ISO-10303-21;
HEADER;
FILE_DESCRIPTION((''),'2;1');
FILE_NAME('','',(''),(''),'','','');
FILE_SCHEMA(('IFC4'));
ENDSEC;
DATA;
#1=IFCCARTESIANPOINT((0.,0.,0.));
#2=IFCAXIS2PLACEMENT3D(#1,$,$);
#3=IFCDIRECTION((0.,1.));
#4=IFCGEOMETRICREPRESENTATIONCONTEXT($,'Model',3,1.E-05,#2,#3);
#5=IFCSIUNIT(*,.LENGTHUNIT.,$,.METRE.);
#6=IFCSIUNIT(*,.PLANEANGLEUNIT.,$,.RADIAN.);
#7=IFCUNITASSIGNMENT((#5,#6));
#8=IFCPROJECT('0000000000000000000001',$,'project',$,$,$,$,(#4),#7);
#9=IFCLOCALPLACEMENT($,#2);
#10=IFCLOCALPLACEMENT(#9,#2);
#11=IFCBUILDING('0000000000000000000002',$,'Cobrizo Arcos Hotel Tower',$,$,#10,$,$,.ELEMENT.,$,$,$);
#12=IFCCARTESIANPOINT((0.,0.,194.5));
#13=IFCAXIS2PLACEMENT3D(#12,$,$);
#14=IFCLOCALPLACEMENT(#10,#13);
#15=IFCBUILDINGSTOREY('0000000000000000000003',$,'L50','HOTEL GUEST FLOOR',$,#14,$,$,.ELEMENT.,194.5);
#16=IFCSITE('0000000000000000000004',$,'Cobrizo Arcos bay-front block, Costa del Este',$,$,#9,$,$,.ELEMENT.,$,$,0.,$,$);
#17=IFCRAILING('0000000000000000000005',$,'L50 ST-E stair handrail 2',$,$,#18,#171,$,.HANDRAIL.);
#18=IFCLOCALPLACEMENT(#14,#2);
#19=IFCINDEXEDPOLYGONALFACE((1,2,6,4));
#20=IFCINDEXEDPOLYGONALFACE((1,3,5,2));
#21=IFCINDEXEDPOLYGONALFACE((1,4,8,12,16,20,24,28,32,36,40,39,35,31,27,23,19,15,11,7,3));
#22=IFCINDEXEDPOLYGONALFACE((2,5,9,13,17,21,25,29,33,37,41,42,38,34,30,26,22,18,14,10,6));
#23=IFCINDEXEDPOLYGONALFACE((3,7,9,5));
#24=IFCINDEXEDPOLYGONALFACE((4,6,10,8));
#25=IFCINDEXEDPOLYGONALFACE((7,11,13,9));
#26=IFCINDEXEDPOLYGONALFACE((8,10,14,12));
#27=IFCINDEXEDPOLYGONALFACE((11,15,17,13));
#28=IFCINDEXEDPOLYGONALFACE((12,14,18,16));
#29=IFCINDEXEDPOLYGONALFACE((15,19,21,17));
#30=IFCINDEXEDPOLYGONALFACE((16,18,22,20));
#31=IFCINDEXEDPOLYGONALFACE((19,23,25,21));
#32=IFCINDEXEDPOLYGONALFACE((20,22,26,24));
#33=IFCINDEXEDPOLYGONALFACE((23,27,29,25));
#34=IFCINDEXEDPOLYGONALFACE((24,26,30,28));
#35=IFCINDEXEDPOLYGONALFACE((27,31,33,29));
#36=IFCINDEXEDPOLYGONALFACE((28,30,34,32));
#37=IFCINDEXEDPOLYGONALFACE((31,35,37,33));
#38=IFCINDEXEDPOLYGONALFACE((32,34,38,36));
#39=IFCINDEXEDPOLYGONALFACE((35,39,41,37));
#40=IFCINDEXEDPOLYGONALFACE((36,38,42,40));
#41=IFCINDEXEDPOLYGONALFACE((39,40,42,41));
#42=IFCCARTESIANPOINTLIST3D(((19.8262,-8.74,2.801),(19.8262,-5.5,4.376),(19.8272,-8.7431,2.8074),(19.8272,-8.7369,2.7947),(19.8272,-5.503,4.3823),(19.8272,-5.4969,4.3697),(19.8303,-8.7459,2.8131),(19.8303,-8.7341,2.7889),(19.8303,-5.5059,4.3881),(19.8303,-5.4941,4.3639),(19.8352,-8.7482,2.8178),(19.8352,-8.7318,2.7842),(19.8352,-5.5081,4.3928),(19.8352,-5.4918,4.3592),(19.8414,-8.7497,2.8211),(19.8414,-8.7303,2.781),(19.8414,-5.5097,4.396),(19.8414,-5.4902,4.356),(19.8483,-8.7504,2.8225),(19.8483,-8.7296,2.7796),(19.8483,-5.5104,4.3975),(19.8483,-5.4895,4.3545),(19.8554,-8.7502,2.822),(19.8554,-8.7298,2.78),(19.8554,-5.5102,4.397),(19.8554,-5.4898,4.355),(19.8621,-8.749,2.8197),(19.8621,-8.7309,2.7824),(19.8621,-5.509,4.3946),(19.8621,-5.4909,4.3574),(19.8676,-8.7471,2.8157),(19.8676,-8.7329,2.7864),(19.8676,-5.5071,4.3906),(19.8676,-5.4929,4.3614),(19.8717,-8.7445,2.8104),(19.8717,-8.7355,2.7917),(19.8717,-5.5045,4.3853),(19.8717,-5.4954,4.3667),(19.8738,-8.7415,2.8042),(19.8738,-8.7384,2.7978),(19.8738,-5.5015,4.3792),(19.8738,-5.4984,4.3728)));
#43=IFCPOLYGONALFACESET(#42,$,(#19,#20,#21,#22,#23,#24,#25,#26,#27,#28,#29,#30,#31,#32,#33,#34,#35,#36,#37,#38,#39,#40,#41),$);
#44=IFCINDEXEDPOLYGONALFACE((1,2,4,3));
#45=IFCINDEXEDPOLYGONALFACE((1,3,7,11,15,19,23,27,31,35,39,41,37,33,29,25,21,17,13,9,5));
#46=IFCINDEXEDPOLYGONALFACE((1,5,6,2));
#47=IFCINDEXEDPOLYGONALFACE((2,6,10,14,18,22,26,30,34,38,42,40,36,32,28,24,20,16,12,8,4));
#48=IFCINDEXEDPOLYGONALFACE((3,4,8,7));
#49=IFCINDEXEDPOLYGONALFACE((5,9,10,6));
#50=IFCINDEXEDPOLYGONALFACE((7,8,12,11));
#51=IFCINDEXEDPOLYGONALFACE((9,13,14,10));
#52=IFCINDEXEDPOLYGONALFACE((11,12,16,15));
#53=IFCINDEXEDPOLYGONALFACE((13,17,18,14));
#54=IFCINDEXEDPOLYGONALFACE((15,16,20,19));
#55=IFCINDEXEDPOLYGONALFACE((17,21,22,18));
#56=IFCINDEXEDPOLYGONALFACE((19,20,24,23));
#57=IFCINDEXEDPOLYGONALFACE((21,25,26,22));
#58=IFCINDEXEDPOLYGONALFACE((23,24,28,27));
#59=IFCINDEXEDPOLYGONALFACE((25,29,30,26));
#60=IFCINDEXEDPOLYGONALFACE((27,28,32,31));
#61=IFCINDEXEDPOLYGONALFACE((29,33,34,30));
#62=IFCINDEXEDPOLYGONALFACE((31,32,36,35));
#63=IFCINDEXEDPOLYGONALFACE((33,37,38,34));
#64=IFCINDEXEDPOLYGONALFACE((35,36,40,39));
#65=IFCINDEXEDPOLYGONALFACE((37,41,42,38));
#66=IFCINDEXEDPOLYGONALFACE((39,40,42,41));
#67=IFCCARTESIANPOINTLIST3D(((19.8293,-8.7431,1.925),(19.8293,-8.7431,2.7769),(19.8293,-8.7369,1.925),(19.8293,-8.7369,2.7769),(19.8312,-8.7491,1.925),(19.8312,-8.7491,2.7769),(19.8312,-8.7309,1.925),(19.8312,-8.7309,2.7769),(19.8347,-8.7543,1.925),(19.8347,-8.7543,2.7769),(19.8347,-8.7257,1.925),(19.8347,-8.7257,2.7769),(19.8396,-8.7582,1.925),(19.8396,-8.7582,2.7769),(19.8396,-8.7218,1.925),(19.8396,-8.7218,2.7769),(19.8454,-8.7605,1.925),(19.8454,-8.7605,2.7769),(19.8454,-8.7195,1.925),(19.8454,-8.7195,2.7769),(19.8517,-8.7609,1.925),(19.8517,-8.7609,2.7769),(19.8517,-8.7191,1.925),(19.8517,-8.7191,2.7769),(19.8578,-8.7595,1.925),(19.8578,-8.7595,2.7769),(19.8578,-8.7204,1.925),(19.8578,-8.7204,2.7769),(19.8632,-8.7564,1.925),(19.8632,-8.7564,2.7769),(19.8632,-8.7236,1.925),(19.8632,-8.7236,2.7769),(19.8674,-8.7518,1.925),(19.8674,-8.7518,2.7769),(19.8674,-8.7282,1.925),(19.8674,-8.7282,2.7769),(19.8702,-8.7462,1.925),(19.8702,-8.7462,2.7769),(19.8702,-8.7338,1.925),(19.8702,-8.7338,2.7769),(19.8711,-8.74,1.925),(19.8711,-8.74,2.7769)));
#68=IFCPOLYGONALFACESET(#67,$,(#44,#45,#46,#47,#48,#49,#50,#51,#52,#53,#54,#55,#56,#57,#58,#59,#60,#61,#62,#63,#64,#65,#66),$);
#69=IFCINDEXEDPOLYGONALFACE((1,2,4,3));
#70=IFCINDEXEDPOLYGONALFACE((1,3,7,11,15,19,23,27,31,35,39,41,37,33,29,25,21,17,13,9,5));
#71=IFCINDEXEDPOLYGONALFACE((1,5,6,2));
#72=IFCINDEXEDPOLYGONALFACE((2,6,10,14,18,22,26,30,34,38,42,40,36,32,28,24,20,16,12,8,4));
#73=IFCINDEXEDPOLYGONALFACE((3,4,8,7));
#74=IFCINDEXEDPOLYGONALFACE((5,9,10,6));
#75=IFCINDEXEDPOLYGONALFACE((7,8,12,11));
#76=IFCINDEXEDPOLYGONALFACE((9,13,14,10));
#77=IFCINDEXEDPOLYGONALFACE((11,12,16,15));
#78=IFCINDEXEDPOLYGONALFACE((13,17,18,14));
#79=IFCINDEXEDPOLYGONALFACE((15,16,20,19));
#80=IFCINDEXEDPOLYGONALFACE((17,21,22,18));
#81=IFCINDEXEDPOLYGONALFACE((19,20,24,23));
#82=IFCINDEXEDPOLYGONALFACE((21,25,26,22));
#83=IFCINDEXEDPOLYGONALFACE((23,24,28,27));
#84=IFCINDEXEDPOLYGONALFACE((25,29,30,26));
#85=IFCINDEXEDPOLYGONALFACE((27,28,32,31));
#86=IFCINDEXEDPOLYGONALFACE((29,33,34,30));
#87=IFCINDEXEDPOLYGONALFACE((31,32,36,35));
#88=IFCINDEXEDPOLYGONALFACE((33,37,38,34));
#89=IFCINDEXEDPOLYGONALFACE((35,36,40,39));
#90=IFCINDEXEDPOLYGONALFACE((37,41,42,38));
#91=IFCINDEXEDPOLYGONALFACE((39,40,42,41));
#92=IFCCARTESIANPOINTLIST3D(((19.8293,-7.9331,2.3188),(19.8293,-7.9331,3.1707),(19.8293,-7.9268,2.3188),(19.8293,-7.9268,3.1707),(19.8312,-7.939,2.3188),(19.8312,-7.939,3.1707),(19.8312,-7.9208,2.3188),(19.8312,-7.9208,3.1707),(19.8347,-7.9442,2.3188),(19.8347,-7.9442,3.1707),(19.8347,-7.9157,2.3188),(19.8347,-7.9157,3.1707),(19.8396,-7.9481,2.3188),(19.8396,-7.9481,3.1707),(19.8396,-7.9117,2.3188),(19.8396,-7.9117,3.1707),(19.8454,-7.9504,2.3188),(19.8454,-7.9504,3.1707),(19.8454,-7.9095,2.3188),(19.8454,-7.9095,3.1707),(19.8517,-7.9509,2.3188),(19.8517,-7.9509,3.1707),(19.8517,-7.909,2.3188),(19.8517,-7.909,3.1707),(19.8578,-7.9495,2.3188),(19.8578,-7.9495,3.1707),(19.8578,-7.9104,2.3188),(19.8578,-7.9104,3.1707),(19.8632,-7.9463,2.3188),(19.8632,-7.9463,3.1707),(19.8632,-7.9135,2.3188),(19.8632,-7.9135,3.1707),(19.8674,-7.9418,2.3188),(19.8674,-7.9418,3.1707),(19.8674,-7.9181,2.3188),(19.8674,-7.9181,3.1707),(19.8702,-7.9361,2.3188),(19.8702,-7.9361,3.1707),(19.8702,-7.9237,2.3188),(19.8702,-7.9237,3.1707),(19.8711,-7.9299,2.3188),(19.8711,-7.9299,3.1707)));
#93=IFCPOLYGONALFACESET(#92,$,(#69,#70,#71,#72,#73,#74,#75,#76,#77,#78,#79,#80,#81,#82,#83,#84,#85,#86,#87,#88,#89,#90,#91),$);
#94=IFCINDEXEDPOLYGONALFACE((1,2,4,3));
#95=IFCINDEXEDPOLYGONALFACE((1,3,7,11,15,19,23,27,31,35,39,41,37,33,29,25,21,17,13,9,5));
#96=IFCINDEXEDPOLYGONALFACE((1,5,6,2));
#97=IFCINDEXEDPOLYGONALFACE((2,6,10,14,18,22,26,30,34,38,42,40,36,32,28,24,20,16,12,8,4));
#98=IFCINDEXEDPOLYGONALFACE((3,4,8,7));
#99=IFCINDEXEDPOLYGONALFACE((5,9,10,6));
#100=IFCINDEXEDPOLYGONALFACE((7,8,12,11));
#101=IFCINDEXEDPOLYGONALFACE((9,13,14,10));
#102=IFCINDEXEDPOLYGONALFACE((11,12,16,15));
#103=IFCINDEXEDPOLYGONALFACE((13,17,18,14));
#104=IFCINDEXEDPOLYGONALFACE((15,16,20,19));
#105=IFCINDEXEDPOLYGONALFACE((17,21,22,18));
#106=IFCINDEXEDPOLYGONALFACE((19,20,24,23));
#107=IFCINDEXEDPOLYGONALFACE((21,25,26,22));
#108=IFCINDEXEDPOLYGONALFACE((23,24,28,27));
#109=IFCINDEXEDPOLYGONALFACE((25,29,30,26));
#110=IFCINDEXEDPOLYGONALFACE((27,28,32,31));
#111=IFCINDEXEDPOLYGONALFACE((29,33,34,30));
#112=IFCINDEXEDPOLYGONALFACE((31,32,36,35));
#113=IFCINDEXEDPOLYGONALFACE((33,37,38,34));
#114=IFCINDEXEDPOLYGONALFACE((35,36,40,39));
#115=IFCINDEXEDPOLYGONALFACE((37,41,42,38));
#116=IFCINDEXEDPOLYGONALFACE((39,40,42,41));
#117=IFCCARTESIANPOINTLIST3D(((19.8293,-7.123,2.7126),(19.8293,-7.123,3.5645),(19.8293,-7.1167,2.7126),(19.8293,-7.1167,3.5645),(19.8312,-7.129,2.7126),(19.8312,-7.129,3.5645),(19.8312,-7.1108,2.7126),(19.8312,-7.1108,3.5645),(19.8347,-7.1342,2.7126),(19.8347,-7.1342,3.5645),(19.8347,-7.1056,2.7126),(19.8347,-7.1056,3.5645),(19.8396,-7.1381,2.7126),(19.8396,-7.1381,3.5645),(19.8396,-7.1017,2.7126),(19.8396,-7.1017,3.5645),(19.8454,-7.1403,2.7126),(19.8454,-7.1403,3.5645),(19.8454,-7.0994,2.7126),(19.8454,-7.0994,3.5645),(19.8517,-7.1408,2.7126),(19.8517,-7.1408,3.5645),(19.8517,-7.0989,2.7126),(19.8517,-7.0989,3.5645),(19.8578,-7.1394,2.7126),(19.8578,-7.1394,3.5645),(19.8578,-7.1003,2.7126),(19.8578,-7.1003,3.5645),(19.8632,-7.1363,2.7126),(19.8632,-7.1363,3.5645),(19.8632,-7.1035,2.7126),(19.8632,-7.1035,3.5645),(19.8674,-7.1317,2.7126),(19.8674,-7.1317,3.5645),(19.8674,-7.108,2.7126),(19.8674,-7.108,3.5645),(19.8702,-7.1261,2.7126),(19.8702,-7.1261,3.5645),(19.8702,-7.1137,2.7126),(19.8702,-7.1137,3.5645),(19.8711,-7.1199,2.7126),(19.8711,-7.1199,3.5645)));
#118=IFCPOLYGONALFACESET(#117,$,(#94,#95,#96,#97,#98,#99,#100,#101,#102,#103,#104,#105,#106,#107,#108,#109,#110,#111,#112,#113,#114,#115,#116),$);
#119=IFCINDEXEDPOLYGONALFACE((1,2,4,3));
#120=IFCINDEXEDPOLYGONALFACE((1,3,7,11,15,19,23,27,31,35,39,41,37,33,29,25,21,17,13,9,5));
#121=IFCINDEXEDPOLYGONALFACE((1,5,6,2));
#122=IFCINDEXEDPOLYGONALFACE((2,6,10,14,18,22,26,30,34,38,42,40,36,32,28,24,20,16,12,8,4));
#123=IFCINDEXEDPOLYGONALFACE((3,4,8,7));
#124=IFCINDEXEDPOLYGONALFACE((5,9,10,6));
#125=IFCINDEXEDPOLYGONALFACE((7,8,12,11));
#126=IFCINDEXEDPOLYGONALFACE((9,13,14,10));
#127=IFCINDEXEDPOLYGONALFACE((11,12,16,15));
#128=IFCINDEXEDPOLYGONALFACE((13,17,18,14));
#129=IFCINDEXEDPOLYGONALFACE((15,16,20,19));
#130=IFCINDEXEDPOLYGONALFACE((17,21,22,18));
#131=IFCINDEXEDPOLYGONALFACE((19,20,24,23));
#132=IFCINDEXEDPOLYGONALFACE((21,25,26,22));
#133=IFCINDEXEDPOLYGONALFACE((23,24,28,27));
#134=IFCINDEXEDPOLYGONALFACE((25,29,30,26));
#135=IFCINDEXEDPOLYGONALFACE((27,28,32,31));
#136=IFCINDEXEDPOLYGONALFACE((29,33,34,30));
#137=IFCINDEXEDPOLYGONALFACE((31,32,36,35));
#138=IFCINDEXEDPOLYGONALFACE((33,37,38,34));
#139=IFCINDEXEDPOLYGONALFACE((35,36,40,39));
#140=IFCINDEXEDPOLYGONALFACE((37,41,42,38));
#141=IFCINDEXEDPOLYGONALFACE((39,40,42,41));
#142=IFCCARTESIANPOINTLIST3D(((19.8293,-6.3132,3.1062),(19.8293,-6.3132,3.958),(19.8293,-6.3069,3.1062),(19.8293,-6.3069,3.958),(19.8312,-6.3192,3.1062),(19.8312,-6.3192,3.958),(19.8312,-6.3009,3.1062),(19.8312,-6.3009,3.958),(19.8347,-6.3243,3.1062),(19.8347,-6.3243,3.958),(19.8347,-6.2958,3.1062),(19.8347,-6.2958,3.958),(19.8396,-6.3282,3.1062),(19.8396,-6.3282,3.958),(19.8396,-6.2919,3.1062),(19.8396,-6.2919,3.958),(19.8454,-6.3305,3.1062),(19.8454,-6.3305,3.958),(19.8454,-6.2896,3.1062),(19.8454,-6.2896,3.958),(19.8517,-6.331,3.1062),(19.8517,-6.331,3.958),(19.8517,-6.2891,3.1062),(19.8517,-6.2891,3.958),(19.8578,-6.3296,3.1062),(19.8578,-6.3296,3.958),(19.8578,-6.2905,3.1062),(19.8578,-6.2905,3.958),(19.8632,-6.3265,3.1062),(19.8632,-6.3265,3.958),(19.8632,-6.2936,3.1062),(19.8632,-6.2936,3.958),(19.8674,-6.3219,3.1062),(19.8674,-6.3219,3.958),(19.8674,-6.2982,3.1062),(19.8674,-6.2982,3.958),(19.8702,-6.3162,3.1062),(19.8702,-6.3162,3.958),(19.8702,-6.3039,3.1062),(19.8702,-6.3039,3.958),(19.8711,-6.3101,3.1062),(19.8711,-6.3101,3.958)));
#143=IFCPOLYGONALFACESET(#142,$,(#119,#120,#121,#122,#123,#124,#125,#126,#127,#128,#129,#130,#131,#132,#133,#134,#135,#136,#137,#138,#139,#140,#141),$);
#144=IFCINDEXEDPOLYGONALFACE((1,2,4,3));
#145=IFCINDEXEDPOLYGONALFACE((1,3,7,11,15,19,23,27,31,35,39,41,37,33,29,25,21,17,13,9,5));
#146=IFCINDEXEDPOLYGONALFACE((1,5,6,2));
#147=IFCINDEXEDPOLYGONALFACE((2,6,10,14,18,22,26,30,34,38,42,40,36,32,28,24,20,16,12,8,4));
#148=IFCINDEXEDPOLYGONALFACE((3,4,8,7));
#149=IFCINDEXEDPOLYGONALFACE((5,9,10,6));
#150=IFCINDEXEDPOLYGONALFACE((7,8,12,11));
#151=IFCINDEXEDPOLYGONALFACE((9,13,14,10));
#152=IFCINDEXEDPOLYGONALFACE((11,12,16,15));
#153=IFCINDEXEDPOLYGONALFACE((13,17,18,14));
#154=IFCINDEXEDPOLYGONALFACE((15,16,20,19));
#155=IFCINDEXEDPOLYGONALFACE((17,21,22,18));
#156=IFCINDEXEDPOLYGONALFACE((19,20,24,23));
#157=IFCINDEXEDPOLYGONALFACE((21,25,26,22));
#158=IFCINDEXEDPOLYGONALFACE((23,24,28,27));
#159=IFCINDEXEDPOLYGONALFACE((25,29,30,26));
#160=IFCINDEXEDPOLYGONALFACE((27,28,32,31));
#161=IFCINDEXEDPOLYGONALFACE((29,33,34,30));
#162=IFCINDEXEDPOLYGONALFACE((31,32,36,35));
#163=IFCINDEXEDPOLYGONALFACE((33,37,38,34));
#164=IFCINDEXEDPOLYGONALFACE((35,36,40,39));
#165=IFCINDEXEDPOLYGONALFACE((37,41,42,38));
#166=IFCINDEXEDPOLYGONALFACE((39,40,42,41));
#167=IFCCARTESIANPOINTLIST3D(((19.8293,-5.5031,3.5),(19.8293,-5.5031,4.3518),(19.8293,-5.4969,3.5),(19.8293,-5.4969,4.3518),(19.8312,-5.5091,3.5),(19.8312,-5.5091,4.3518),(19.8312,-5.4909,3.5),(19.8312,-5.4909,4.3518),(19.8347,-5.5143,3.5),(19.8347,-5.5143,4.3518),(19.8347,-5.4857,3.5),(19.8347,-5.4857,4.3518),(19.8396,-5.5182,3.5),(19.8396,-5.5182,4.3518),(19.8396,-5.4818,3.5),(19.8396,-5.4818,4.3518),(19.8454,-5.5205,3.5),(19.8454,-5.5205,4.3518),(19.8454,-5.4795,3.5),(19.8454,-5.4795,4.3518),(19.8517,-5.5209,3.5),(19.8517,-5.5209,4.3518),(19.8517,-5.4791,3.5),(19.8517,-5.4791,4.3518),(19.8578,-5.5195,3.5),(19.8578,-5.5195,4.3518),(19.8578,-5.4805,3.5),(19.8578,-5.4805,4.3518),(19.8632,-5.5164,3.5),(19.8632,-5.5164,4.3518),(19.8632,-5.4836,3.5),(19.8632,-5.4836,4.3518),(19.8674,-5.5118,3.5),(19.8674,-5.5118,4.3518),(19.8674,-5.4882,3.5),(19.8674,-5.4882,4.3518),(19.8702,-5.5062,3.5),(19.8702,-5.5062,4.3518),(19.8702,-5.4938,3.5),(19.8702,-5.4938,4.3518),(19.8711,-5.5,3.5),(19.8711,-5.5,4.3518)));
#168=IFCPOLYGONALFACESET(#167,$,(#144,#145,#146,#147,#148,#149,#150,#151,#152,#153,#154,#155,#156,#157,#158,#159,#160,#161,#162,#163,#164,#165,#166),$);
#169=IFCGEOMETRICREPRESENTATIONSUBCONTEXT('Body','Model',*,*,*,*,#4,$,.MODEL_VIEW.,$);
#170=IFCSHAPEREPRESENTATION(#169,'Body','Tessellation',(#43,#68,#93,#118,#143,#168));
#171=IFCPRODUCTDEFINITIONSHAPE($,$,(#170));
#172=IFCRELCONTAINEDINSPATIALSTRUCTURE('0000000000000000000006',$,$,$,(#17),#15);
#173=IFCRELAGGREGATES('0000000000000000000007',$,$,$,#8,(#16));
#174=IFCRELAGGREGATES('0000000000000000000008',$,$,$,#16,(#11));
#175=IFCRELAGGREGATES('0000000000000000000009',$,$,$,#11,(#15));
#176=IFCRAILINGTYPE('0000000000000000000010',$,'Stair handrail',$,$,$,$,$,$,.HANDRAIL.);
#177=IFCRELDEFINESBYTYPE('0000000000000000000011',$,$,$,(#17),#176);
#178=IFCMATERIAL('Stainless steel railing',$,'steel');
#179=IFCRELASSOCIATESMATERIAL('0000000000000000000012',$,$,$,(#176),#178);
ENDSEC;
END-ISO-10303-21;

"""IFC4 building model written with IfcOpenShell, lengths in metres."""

from ifc_helpers import new_model, si_unit, direction, frame, origin, origin_2d, place, context, subcontext, project, spatial, circle, extrude, material, type_object, element, save


model = new_model("IFC4")

# Units and contexts
model_context = context("Model", 3, precision=1e-05, world=origin(), true_north=direction((0.0, 1.0)))
body_context = subcontext(model_context, "Body", "Model", "MODEL_VIEW")
ifc_project = project(units=[si_unit("LENGTHUNIT", "METRE"), si_unit("PLANEANGLEUNIT", "RADIAN")], contexts=[model_context])

# Site, building, storey
site_placement = place(None, origin())
site = spatial("IfcSite", under=ifc_project, at=site_placement, Name="Cobrizo Arcos bay-front block, Costa del Este", CompositionType="ELEMENT", RefElevation=0.0)
building_placement = place(site_placement, origin())
building = spatial("IfcBuilding", under=site, at=building_placement, Name="Cobrizo Arcos Hotel Tower", CompositionType="ELEMENT")
storey_placement = place(building_placement, frame((0.0, 0.0, 194.5)))
storey = spatial("IfcBuildingStorey", under=building, at=storey_placement, Name="L50", Description="HOTEL GUEST FLOOR", CompositionType="ELEMENT", Elevation=194.5)

# Railing
ifc_material_1 = material(Name="Stainless steel railing", Category="steel")
railing_type_1 = type_object("IfcRailingType", Name="Stair handrail", PredefinedType="HANDRAIL", material=ifc_material_1)
railing_1_placement = place(storey_placement, frame((19.8501, -8.74, 1.925)))
element("IfcRailing", 1, at=railing_1_placement, inside=storey, type_object=railing_type_1, Name="L50 ST-E stair handrail 2", PredefinedType="HANDRAIL", context=body_context, shape_type="SweptSolid", body=[
    extrude(circle(Radius=0.0239, at=origin_2d()), frame((0.0, 0.0, 0.876), z_axis=(0.0, 0.899373, 0.437183), x_axis=(-1.0, 0.0, 0.0)), (0.0, 0.0, 1.0), 3.6025),
    extrude(circle(Radius=0.021, at=origin_2d()), origin(), (0.0, 0.0, 1.0), 0.8518),
    extrude(circle(Radius=0.021, at=origin_2d()), frame((0.0, 0.8101, 0.3938)), (0.0, 0.0, 1.0), 0.8518),
    extrude(circle(Radius=0.021, at=origin_2d()), frame((0.0, 1.6201, 0.7876)), (0.0, 0.0, 1.0), 0.8518),
    extrude(circle(Radius=0.021, at=origin_2d()), frame((0.0, 2.4299, 1.1812)), (0.0, 0.0, 1.0), 0.8518),
    extrude(circle(Radius=0.021, at=origin_2d()), frame((0.0, 3.24, 1.575)), (0.0, 0.0, 1.0), 0.8518),
])

save(model, "model.ifc")
